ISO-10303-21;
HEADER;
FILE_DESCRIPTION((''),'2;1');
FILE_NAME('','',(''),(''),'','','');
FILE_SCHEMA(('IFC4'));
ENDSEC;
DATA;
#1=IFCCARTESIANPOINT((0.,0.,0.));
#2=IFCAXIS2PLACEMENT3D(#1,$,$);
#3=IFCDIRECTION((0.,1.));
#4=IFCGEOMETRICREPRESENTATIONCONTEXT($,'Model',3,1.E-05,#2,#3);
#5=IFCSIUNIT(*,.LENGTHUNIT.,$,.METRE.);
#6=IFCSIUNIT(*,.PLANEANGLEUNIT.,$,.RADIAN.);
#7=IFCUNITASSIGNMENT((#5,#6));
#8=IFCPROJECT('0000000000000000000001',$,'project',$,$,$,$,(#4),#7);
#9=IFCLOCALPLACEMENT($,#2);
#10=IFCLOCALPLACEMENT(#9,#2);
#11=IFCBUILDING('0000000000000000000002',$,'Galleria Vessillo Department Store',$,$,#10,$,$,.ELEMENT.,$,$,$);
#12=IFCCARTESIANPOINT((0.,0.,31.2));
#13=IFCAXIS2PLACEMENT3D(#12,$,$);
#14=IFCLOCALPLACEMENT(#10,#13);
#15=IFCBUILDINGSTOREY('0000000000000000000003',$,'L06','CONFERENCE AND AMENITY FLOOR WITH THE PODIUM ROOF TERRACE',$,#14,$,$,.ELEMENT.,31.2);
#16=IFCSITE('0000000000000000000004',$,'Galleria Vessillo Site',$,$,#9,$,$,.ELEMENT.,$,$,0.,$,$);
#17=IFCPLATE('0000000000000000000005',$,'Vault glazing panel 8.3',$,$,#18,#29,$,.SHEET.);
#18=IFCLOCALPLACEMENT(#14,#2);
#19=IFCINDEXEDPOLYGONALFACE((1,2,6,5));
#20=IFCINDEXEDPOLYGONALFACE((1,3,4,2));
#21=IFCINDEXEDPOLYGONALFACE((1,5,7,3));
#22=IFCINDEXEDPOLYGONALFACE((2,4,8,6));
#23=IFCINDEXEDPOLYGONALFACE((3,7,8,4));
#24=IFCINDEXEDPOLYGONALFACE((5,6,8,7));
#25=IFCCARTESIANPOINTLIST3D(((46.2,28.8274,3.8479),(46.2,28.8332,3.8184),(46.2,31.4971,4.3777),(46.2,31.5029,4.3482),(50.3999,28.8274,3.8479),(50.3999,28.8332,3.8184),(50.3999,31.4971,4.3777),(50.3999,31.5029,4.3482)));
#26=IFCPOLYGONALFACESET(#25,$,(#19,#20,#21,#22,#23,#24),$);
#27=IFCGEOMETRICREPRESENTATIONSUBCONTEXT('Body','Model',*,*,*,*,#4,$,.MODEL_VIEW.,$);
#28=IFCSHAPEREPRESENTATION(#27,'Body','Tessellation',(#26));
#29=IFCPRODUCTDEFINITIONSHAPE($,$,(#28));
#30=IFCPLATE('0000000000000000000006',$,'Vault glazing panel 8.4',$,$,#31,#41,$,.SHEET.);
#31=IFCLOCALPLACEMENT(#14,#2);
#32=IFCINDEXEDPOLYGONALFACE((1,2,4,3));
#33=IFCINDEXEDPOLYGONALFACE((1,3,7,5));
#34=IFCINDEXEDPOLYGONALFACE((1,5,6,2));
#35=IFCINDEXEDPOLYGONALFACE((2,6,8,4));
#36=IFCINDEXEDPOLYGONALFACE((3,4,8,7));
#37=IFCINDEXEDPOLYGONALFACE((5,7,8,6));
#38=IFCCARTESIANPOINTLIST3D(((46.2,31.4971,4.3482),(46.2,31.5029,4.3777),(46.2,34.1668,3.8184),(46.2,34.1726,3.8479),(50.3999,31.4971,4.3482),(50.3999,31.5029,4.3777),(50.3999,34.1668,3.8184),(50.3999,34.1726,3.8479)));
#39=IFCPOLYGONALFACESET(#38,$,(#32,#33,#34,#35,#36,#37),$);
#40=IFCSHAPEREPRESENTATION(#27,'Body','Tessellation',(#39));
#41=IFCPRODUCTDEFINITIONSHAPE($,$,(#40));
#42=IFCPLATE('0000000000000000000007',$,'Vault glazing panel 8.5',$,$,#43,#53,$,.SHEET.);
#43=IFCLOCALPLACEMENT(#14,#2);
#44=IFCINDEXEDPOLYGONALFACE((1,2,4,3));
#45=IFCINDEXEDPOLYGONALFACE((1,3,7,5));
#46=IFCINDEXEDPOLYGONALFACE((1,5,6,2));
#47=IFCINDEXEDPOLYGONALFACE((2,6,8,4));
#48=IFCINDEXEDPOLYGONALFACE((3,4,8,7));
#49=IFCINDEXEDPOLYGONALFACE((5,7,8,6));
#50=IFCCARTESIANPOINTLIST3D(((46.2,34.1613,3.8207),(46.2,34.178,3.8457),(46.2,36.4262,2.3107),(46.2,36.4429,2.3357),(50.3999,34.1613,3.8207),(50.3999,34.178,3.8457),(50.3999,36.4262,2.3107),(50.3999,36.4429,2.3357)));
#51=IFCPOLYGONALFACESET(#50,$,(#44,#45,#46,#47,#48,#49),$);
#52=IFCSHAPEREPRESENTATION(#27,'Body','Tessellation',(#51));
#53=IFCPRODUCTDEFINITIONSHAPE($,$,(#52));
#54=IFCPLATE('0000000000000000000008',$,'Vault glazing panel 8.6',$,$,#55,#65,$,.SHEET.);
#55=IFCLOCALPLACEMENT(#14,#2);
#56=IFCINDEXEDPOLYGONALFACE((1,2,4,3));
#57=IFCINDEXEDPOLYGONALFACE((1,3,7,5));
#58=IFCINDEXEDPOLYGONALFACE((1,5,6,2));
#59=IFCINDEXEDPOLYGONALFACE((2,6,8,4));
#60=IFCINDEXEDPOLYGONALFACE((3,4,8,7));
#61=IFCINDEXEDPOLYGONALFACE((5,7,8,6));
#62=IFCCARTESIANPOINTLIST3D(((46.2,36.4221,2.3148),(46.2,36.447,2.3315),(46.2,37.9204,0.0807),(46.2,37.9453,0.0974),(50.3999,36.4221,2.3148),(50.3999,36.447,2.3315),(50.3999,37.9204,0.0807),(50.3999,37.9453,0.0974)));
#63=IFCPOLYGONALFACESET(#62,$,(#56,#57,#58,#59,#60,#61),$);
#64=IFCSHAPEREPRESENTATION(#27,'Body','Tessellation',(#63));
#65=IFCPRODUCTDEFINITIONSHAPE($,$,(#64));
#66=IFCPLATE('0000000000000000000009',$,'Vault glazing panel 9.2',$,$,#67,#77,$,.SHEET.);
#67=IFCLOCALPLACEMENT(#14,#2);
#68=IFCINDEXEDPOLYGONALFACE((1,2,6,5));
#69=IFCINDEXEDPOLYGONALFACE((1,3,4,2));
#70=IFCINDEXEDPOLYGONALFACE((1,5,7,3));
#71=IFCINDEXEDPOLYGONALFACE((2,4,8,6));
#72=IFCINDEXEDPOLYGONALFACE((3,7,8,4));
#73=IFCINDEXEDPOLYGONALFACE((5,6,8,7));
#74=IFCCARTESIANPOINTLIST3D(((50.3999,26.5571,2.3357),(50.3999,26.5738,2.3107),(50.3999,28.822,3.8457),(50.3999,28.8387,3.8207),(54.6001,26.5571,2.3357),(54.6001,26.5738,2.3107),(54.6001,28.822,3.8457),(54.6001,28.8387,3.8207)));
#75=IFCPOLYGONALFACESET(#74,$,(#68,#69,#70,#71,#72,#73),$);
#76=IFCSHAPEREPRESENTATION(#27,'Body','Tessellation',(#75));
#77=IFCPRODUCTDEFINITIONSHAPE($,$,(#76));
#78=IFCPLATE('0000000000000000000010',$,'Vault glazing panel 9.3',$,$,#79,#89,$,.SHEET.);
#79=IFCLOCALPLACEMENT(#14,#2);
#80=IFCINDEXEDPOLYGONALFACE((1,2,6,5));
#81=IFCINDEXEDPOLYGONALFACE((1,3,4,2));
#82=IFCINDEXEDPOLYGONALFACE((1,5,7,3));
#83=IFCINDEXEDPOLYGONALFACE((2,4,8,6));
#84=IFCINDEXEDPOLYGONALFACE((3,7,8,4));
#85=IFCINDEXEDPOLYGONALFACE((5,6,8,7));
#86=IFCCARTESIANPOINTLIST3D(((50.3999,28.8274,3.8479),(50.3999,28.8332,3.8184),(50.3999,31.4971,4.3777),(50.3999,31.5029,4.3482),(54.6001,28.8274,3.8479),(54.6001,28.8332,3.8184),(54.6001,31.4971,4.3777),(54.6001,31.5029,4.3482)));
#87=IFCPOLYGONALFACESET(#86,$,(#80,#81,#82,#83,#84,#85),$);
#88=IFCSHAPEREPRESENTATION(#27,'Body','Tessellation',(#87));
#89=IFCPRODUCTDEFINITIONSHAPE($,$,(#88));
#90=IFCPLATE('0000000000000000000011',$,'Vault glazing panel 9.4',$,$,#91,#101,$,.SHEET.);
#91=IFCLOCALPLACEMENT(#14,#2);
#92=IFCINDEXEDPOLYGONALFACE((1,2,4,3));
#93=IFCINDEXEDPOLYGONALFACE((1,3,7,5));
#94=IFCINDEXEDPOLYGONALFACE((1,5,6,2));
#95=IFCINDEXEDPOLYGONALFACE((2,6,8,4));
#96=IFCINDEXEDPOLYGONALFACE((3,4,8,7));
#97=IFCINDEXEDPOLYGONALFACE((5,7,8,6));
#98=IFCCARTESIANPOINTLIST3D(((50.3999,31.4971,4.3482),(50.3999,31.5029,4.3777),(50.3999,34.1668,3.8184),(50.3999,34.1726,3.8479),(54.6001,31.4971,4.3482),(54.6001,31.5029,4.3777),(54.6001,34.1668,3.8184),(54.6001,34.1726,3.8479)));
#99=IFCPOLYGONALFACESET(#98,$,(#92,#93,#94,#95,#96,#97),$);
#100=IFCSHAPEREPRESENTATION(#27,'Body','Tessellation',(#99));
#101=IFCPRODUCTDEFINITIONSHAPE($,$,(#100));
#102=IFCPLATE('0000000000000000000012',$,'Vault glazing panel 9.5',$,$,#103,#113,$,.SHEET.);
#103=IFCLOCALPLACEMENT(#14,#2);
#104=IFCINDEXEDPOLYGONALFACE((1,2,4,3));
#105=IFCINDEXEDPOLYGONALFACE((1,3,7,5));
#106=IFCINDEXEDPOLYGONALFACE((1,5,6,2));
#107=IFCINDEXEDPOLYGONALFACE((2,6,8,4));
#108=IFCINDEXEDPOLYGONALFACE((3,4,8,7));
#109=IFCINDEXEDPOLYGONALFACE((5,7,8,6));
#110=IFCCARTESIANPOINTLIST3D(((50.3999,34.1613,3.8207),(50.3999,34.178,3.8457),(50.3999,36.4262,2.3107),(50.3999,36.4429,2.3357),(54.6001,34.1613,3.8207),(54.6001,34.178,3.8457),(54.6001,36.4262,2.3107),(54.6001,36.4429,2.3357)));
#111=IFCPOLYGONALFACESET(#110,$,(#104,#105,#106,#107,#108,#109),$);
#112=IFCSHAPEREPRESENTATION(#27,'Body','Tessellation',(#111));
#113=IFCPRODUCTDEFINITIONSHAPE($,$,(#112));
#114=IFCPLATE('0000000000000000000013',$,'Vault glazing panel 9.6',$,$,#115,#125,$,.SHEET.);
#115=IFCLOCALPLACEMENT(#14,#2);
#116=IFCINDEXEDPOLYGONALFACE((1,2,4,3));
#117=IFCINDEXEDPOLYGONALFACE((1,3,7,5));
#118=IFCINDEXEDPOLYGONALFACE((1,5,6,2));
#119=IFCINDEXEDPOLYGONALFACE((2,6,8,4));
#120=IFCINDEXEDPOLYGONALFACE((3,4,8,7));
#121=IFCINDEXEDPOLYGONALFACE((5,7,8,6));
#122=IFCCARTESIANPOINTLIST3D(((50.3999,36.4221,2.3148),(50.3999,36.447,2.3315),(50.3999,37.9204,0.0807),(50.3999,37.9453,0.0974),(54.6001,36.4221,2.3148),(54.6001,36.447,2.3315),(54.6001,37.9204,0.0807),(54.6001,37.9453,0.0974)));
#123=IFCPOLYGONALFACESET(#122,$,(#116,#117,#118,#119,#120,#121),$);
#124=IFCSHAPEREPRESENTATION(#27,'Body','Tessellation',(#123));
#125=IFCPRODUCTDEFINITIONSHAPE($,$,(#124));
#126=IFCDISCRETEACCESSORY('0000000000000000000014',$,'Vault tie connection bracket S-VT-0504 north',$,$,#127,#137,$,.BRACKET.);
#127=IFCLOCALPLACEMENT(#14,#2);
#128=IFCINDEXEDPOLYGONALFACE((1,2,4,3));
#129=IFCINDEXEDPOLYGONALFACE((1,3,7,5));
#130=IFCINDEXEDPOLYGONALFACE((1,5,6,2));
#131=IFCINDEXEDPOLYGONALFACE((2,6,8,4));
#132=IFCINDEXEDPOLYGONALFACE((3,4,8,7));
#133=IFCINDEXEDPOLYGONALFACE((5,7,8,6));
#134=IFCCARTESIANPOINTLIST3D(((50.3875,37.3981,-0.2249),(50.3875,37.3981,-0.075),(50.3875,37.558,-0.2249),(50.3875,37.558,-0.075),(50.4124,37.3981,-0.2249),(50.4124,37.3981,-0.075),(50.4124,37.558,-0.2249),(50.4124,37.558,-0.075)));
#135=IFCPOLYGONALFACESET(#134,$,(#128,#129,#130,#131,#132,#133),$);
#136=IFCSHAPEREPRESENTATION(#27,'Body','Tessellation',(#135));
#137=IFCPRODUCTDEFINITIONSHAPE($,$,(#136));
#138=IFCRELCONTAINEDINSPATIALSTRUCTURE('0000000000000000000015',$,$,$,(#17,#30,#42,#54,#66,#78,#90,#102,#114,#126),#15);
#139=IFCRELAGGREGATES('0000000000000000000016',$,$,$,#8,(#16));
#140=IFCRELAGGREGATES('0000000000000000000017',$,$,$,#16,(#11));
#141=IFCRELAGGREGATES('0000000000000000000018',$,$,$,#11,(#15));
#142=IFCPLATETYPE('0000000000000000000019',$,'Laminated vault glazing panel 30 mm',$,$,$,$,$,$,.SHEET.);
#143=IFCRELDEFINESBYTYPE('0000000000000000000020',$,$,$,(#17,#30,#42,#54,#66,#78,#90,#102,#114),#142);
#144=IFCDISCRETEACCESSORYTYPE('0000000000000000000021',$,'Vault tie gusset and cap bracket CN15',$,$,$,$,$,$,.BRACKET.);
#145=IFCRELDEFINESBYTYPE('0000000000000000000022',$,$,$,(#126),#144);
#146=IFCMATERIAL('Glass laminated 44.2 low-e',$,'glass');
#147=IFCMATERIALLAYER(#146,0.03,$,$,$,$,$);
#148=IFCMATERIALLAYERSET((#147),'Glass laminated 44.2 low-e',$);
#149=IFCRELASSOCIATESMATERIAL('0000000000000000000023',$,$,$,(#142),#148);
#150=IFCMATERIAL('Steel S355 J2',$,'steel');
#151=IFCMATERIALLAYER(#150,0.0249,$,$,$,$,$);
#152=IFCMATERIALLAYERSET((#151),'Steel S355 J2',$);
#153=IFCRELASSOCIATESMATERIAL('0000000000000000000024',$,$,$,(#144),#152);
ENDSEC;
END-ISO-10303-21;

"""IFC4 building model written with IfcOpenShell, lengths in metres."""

from ifc_helpers import new_model, si_unit, direction, frame, origin, origin_2d, place, context, subcontext, project, spatial, polyline, rectangle, outline, extrude, material, layer, layer_set, type_object, element, save


model = new_model("IFC4")

# Units and contexts
model_context = context("Model", 3, precision=1e-05, world=origin(), true_north=direction((0.0, 1.0)))
body_context = subcontext(model_context, "Body", "Model", "MODEL_VIEW")
ifc_project = project(units=[si_unit("LENGTHUNIT", "METRE"), si_unit("PLANEANGLEUNIT", "RADIAN")], contexts=[model_context])

# Site, building, storey
site_placement = place(None, origin())
site = spatial("IfcSite", under=ifc_project, at=site_placement, Name="Galleria Vessillo Site", CompositionType="ELEMENT", RefElevation=0.0)
building_placement = place(site_placement, origin())
building = spatial("IfcBuilding", under=site, at=building_placement, Name="Galleria Vessillo Department Store", CompositionType="ELEMENT")
storey_placement = place(building_placement, frame((0.0, 0.0, 31.2)))
storey = spatial("IfcBuildingStorey", under=building, at=storey_placement, Name="L06", Description="CONFERENCE AND AMENITY FLOOR WITH THE PODIUM ROOF TERRACE", CompositionType="ELEMENT", Elevation=31.2)

# Plates
ifc_material_1 = material(Name="Glass laminated 44.2 low-e", Category="glass")
ifc_layer_1 = layer(ifc_material_1, 0.03)
ifc_layer_set_1 = layer_set([ifc_layer_1], Name="Glass laminated 44.2 low-e")
plate_type = type_object("IfcPlateType", Name="Laminated vault glazing panel 30 mm", PredefinedType="SHEET", material=ifc_layer_set_1)
for number, where, z_axis, x_axis, name in (
    (1, (46.2, 28.8274, 3.8479), (0.0, -0.19465, 0.980873), (1.0, 0.0, 0.0), "Vault glazing panel 8.3"),
    (2, (46.2, 31.5029, 4.3777), (0.0, 0.19465, 0.980873), (1.0, 0.0, 0.0), "Vault glazing panel 8.4"),
):
    element("IfcPlate", number, at=place(storey_placement, frame(where, z_axis=z_axis, x_axis=x_axis)), inside=storey, type_object=plate_type, Name=name, PredefinedType="SHEET", context=body_context, shape_type="SweptSolid", body=[
        extrude(outline(polyline([(0.0, 0.0), (4.2, 0.0), (4.2, 2.7217), (0.0, 2.7217), (0.0, 0.0)])), origin(), (0.0, 0.0, -1.0), 0.03),
    ])
plate_1_placement = place(storey_placement, frame((46.2, 34.178, 3.8457), z_axis=(0.0, 0.554721, 0.832036), x_axis=(1.0, 0.0, 0.0)))
element("IfcPlate", 3, at=plate_1_placement, inside=storey, type_object=plate_type, Name="Vault glazing panel 8.5", PredefinedType="SHEET", context=body_context, shape_type="SweptSolid", body=[
    extrude(outline(polyline([(0.0, 0.0), (4.2, 0.0), (4.2, 2.7221), (0.0, 2.7221), (0.0, 0.0)])), origin(), (0.0, 0.0, -1.0), 0.03),
])
plate_2_placement = place(storey_placement, frame((46.2, 36.447, 2.3315), z_axis=(0.0, 0.830525, 0.556981), x_axis=(1.0, 0.0, 0.0)))
element("IfcPlate", 4, at=plate_2_placement, inside=storey, type_object=plate_type, Name="Vault glazing panel 8.6", PredefinedType="SHEET", context=body_context, shape_type="SweptSolid", body=[
    extrude(outline(polyline([(0.0, 0.0), (4.2, 0.0), (4.2, 2.69), (0.0, 2.69), (0.0, 0.0)])), origin(), (0.0, 0.0, -1.0), 0.03),
])
plate_3_placement = place(storey_placement, frame((50.3999, 26.5571, 2.3357), z_axis=(0.0, -0.554721, 0.832036), x_axis=(1.0, 0.0, 0.0)))
element("IfcPlate", 5, at=plate_3_placement, inside=storey, type_object=plate_type, Name="Vault glazing panel 9.2", PredefinedType="SHEET", context=body_context, shape_type="SweptSolid", body=[
    extrude(outline(polyline([(0.0, 0.0), (4.2002, 0.0), (4.2002, 2.7221), (0.0, 2.7221), (0.0, 0.0)])), origin(), (0.0, 0.0, -1.0), 0.03),
])
for number, where, z_axis, x_axis, name in (
    (6, (50.3999, 28.8274, 3.8479), (0.0, -0.19465, 0.980873), (1.0, 0.0, 0.0), "Vault glazing panel 9.3"),
    (7, (50.3999, 31.5029, 4.3777), (0.0, 0.19465, 0.980873), (1.0, 0.0, 0.0), "Vault glazing panel 9.4"),
):
    element("IfcPlate", number, at=place(storey_placement, frame(where, z_axis=z_axis, x_axis=x_axis)), inside=storey, type_object=plate_type, Name=name, PredefinedType="SHEET", context=body_context, shape_type="SweptSolid", body=[
        extrude(outline(polyline([(0.0, 0.0), (4.2002, 0.0), (4.2002, 2.7217), (0.0, 2.7217), (0.0, 0.0)])), origin(), (0.0, 0.0, -1.0), 0.03),
    ])
plate_4_placement = place(storey_placement, frame((50.3999, 34.178, 3.8457), z_axis=(0.0, 0.554721, 0.832036), x_axis=(1.0, 0.0, 0.0)))
element("IfcPlate", 8, at=plate_4_placement, inside=storey, type_object=plate_type, Name="Vault glazing panel 9.5", PredefinedType="SHEET", context=body_context, shape_type="SweptSolid", body=[
    extrude(outline(polyline([(0.0, 0.0), (4.2002, 0.0), (4.2002, 2.7221), (0.0, 2.7221), (0.0, 0.0)])), origin(), (0.0, 0.0, -1.0), 0.03),
])
plate_5_placement = place(storey_placement, frame((50.3999, 36.447, 2.3315), z_axis=(0.0, 0.830525, 0.556981), x_axis=(1.0, 0.0, 0.0)))
element("IfcPlate", 9, at=plate_5_placement, inside=storey, type_object=plate_type, Name="Vault glazing panel 9.6", PredefinedType="SHEET", context=body_context, shape_type="SweptSolid", body=[
    extrude(outline(polyline([(0.0, 0.0), (4.2002, 0.0), (4.2002, 2.69), (0.0, 2.69), (0.0, 0.0)])), origin(), (0.0, 0.0, -1.0), 0.03),
])

# Discrete accessory
ifc_material_2 = material(Name="Steel S355 J2", Category="steel")
ifc_layer_2 = layer(ifc_material_2, 0.0249)
ifc_layer_set_2 = layer_set([ifc_layer_2], Name="Steel S355 J2")
discrete_accessory_type = type_object("IfcDiscreteAccessoryType", Name="Vault tie gusset and cap bracket CN15", PredefinedType="BRACKET", material=ifc_layer_set_2)
discrete_accessory_placement = place(storey_placement, frame((50.3999, 37.478, -0.2249), z_axis=(0.0, 0.0, 1.0), x_axis=(1.0, 0.0, 0.0)))
element("IfcDiscreteAccessory", 10, at=discrete_accessory_placement, inside=storey, type_object=discrete_accessory_type, Name="Vault tie connection bracket S-VT-0504 north", PredefinedType="BRACKET", context=body_context, shape_type="SweptSolid", body=[
    extrude(rectangle(XDim=0.0249, YDim=0.1599, at=origin_2d()), origin(), (0.0, 0.0, 1.0), 0.1499),
])

save(model, "model.ifc")
